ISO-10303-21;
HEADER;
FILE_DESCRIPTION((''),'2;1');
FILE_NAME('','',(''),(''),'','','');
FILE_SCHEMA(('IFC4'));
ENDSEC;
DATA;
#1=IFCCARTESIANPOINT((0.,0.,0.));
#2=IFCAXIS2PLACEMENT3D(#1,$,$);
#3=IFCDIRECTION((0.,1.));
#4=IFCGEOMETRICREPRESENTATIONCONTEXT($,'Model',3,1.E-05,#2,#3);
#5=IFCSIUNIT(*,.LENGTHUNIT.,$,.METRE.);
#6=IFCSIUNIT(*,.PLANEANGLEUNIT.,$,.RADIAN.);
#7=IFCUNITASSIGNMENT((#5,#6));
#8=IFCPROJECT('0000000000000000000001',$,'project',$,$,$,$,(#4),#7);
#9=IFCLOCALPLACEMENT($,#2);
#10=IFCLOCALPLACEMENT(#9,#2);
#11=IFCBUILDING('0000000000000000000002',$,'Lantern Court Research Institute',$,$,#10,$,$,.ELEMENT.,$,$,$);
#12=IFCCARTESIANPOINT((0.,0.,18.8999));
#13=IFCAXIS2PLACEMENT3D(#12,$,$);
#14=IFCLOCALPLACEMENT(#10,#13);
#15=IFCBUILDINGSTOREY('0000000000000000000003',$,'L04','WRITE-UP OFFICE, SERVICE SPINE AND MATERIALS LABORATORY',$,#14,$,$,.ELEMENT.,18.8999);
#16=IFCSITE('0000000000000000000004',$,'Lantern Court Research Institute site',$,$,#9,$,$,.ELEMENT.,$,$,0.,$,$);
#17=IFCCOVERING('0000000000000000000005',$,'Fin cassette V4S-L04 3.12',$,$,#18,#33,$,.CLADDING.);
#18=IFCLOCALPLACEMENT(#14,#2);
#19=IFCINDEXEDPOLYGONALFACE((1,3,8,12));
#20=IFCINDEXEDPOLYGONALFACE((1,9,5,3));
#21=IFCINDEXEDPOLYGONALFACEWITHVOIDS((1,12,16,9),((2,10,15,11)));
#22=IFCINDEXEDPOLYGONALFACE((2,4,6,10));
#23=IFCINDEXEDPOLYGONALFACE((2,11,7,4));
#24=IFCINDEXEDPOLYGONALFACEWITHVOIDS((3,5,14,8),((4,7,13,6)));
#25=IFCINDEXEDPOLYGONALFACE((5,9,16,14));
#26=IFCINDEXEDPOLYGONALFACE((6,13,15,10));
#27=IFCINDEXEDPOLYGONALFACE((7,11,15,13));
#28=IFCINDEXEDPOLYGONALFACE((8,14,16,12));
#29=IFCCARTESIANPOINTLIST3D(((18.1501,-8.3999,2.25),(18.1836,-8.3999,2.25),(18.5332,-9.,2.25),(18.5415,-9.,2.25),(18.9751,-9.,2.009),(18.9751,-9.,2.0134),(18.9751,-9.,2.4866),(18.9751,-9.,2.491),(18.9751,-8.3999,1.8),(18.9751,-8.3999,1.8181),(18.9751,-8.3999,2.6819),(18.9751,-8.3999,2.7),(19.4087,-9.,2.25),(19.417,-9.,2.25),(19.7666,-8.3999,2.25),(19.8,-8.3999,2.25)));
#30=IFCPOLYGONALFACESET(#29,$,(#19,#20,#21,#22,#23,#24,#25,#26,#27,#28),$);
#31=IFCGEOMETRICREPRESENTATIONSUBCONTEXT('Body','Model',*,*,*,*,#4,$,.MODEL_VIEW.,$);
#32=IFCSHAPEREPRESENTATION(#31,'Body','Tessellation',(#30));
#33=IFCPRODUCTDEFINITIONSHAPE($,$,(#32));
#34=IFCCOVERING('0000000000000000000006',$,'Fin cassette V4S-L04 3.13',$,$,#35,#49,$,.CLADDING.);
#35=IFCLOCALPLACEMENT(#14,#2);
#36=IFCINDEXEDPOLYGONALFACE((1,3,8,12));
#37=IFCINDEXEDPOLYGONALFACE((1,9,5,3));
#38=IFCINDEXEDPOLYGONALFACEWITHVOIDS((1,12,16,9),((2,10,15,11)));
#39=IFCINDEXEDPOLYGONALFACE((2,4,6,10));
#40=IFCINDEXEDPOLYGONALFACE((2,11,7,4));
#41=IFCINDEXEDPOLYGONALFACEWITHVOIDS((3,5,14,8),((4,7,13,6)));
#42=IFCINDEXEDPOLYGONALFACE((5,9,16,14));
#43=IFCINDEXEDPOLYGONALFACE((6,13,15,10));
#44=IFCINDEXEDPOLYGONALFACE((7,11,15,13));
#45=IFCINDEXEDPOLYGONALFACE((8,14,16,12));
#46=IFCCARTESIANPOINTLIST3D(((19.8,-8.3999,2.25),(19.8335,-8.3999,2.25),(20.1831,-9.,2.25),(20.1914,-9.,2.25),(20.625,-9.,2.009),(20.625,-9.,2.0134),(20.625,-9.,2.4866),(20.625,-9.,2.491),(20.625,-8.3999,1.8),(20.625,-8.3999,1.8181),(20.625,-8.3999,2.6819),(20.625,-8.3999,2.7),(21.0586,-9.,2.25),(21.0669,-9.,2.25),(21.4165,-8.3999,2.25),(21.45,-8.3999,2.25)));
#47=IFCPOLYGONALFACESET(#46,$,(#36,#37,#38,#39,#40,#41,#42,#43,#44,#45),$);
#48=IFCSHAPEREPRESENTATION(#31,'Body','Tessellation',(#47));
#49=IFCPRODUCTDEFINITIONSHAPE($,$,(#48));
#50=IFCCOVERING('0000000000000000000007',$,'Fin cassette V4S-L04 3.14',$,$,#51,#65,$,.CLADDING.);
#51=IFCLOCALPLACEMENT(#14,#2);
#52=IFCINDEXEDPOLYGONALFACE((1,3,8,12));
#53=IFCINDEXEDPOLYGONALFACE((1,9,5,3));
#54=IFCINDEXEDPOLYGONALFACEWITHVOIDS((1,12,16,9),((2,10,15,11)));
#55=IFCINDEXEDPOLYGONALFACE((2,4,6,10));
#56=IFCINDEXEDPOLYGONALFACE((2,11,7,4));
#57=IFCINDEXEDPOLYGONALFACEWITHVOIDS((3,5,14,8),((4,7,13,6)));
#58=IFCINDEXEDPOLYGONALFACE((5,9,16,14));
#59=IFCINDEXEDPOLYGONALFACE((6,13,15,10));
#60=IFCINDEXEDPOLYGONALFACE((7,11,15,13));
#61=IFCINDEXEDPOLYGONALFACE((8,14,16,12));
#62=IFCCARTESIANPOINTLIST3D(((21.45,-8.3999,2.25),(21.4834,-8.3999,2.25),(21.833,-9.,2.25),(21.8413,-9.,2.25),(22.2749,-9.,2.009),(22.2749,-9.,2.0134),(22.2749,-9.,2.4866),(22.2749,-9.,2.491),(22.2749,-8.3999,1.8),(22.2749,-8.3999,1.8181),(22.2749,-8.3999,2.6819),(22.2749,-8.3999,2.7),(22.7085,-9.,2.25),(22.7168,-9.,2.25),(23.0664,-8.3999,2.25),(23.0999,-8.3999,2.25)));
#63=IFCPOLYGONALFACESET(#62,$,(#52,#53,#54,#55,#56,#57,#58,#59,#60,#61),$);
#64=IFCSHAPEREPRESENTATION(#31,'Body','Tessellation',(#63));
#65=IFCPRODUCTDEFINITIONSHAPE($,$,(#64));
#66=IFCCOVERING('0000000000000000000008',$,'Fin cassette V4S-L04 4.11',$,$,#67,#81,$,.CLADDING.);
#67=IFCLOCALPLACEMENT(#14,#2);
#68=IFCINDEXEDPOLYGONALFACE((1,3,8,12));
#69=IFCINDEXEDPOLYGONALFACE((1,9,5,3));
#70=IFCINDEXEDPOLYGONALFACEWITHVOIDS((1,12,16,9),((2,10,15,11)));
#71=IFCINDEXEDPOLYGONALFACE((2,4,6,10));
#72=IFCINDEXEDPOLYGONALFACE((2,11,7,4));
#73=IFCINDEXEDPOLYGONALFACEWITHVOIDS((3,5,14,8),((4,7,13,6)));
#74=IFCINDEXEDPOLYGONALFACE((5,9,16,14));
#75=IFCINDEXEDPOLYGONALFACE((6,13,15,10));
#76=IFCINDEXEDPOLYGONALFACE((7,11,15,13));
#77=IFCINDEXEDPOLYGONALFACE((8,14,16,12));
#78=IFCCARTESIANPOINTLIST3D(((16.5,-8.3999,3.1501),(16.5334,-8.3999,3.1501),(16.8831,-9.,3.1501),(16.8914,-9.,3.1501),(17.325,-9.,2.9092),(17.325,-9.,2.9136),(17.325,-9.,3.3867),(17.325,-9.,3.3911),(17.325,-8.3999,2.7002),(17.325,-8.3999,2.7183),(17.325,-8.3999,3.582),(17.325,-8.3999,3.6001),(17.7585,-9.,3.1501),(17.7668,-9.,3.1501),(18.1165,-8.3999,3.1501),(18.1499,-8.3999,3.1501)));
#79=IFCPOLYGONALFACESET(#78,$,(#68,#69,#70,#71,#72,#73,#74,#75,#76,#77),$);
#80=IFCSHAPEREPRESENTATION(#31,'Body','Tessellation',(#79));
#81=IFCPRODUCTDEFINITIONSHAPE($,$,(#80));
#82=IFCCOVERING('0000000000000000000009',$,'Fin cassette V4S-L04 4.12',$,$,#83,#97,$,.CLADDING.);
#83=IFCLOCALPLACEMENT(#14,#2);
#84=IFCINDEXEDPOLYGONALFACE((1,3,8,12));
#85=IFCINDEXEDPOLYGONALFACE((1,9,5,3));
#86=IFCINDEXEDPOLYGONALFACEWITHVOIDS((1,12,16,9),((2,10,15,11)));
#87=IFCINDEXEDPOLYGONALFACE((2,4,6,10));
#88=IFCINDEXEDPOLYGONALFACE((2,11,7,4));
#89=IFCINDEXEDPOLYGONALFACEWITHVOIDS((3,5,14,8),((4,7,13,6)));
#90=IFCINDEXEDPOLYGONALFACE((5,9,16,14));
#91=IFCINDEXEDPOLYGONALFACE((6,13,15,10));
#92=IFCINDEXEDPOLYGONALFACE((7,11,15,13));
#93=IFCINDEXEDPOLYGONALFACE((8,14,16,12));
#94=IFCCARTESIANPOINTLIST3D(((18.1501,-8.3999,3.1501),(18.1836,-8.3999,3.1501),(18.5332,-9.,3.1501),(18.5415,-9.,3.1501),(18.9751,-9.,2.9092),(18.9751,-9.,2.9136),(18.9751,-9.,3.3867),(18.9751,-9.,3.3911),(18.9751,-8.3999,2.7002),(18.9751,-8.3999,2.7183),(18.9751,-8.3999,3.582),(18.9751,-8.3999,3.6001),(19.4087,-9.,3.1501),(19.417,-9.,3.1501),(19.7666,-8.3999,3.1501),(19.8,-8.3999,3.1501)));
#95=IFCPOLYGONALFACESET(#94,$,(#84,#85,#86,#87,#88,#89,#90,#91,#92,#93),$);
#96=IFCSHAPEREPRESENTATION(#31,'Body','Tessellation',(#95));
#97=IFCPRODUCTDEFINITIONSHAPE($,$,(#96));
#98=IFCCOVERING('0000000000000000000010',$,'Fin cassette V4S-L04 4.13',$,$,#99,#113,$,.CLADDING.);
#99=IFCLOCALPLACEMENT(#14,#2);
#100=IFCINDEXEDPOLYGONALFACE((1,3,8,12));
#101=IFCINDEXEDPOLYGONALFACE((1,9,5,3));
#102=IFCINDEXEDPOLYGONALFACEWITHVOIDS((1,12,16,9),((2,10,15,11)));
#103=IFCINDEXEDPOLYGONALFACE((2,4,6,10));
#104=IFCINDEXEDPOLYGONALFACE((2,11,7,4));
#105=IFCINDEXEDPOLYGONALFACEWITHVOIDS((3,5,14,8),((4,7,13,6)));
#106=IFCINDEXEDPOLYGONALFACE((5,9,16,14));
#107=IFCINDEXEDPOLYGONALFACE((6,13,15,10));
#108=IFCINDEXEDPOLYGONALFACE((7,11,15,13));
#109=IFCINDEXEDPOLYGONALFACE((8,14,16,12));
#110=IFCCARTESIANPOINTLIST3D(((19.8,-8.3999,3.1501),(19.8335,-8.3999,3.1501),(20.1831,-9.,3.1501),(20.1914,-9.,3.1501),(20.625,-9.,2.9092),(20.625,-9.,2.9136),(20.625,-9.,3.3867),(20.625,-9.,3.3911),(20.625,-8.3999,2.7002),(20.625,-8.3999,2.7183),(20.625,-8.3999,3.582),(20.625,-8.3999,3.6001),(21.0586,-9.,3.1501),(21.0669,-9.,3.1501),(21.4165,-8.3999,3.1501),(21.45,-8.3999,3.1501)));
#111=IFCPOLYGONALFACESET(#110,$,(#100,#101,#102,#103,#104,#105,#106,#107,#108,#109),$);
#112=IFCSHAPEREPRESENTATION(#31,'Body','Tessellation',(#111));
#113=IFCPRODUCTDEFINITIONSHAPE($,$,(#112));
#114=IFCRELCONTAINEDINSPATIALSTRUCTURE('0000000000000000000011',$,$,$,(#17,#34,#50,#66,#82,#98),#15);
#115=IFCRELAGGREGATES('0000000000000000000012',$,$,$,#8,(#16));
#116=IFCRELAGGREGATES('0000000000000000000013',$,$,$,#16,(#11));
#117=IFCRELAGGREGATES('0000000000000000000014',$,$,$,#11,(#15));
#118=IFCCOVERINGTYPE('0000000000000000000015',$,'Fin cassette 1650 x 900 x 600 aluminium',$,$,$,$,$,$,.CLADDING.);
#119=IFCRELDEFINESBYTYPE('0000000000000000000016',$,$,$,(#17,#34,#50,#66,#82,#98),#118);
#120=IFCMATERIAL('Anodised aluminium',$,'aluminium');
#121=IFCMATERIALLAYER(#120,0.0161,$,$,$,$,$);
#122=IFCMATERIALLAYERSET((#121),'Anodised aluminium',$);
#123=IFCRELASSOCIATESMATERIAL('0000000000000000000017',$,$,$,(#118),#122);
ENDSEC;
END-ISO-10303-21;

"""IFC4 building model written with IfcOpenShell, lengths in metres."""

from ifc_helpers import new_model, entity, si_unit, direction, frame, origin, place, context, subcontext, project, spatial, material, layer, layer_set, type_object, element, save


model = new_model("IFC4")

# Units and contexts
model_context = context("Model", 3, precision=1e-05, world=origin(), true_north=direction((0.0, 1.0)))
body_context = subcontext(model_context, "Body", "Model", "MODEL_VIEW")
ifc_project = project(units=[si_unit("LENGTHUNIT", "METRE"), si_unit("PLANEANGLEUNIT", "RADIAN")], contexts=[model_context])

# Site, building, storey
site_placement = place(None, origin())
site = spatial("IfcSite", under=ifc_project, at=site_placement, Name="Lantern Court Research Institute site", CompositionType="ELEMENT", RefElevation=0.0)
building_placement = place(site_placement, origin())
building = spatial("IfcBuilding", under=site, at=building_placement, Name="Lantern Court Research Institute", CompositionType="ELEMENT")
storey_placement = place(building_placement, frame((0.0, 0.0, 18.8999)))
storey = spatial("IfcBuildingStorey", under=building, at=storey_placement, Name="L04", Description="WRITE-UP OFFICE, SERVICE SPINE AND MATERIALS LABORATORY", CompositionType="ELEMENT", Elevation=18.8999)

# Coverings
ifc_material_1 = material(Name="Anodised aluminium", Category="aluminium")
ifc_layer_1 = layer(ifc_material_1, 0.0161)
ifc_layer_set_1 = layer_set([ifc_layer_1], Name="Anodised aluminium")
covering_type = type_object("IfcCoveringType", Name="Fin cassette 1650 x 900 x 600 aluminium", PredefinedType="CLADDING", material=ifc_layer_set_1)
covering_1_placement = place(storey_placement, frame((18.9751, -8.3999, 2.25), z_axis=(0.0, -1.0, 0.0), x_axis=(1.0, 0.0, 0.0)))
cartesian_point_1 = entity("IfcCartesianPoint", [0.825, 0.0])
cartesian_point_2 = entity("IfcCartesianPoint", [0.7915, 0.0])
cartesian_point_3 = entity("IfcCartesianPoint", [0.4419, 0.0])
cartesian_point_4 = entity("IfcCartesianPoint", [0.4336, 0.0])
element("IfcCovering", 1, at=covering_1_placement, inside=storey, type_object=covering_type, Name="Fin cassette V4S-L04 3.12", PredefinedType="CLADDING", context=body_context, shape_type="SweptSolid", body=[
    entity("IfcExtrudedAreaSolidTapered", entity("IfcArbitraryProfileDefWithVoids", "AREA", None, entity("IfcPolyline", [cartesian_point_1, entity("IfcCartesianPoint", [0.0, 0.45]), entity("IfcCartesianPoint", [-0.825, 0.0]), entity("IfcCartesianPoint", [0.0, -0.45]), cartesian_point_1]), [entity("IfcPolyline", [cartesian_point_2, entity("IfcCartesianPoint", [0.0, 0.4319]), entity("IfcCartesianPoint", [-0.7915, 0.0]), entity("IfcCartesianPoint", [0.0, -0.4319]), cartesian_point_2])]), entity("IfcAxis2Placement3D", entity("IfcCartesianPoint", [0.0, 0.0, 0.0])), entity("IfcDirection", [0.0, 0.0, 1.0]), 0.6001, entity("IfcArbitraryProfileDefWithVoids", "AREA", None, entity("IfcPolyline", [cartesian_point_3, entity("IfcCartesianPoint", [0.0, 0.241]), entity("IfcCartesianPoint", [-0.4419, 0.0]), entity("IfcCartesianPoint", [0.0, -0.241]), cartesian_point_3]), [entity("IfcPolyline", [cartesian_point_4, entity("IfcCartesianPoint", [0.0, 0.2366]), entity("IfcCartesianPoint", [-0.4336, 0.0]), entity("IfcCartesianPoint", [0.0, -0.2366]), cartesian_point_4])])),
])
covering_2_placement = place(storey_placement, frame((20.625, -8.3999, 2.25), z_axis=(0.0, -1.0, 0.0), x_axis=(1.0, 0.0, 0.0)))
cartesian_point_5 = entity("IfcCartesianPoint", [0.825, 0.0])
cartesian_point_6 = entity("IfcCartesianPoint", [0.7915, 0.0])
cartesian_point_7 = entity("IfcCartesianPoint", [0.4419, 0.0])
cartesian_point_8 = entity("IfcCartesianPoint", [0.4336, 0.0])
element("IfcCovering", 2, at=covering_2_placement, inside=storey, type_object=covering_type, Name="Fin cassette V4S-L04 3.13", PredefinedType="CLADDING", context=body_context, shape_type="SweptSolid", body=[
    entity("IfcExtrudedAreaSolidTapered", entity("IfcArbitraryProfileDefWithVoids", "AREA", None, entity("IfcPolyline", [cartesian_point_5, entity("IfcCartesianPoint", [0.0, 0.45]), entity("IfcCartesianPoint", [-0.825, 0.0]), entity("IfcCartesianPoint", [0.0, -0.45]), cartesian_point_5]), [entity("IfcPolyline", [cartesian_point_6, entity("IfcCartesianPoint", [0.0, 0.4319]), entity("IfcCartesianPoint", [-0.7915, 0.0]), entity("IfcCartesianPoint", [0.0, -0.4319]), cartesian_point_6])]), entity("IfcAxis2Placement3D", entity("IfcCartesianPoint", [0.0, 0.0, 0.0])), entity("IfcDirection", [0.0, 0.0, 1.0]), 0.6001, entity("IfcArbitraryProfileDefWithVoids", "AREA", None, entity("IfcPolyline", [cartesian_point_7, entity("IfcCartesianPoint", [0.0, 0.241]), entity("IfcCartesianPoint", [-0.4419, 0.0]), entity("IfcCartesianPoint", [0.0, -0.241]), cartesian_point_7]), [entity("IfcPolyline", [cartesian_point_8, entity("IfcCartesianPoint", [0.0, 0.2366]), entity("IfcCartesianPoint", [-0.4336, 0.0]), entity("IfcCartesianPoint", [0.0, -0.2366]), cartesian_point_8])])),
])
covering_3_placement = place(storey_placement, frame((22.2749, -8.3999, 2.25), z_axis=(0.0, -1.0, 0.0), x_axis=(1.0, 0.0, 0.0)))
cartesian_point_9 = entity("IfcCartesianPoint", [0.825, 0.0])
cartesian_point_10 = entity("IfcCartesianPoint", [0.7915, 0.0])
cartesian_point_11 = entity("IfcCartesianPoint", [0.4419, 0.0])
cartesian_point_12 = entity("IfcCartesianPoint", [0.4336, 0.0])
element("IfcCovering", 3, at=covering_3_placement, inside=storey, type_object=covering_type, Name="Fin cassette V4S-L04 3.14", PredefinedType="CLADDING", context=body_context, shape_type="SweptSolid", body=[
    entity("IfcExtrudedAreaSolidTapered", entity("IfcArbitraryProfileDefWithVoids", "AREA", None, entity("IfcPolyline", [cartesian_point_9, entity("IfcCartesianPoint", [0.0, 0.45]), entity("IfcCartesianPoint", [-0.825, 0.0]), entity("IfcCartesianPoint", [0.0, -0.45]), cartesian_point_9]), [entity("IfcPolyline", [cartesian_point_10, entity("IfcCartesianPoint", [0.0, 0.4319]), entity("IfcCartesianPoint", [-0.7915, 0.0]), entity("IfcCartesianPoint", [0.0, -0.4319]), cartesian_point_10])]), entity("IfcAxis2Placement3D", entity("IfcCartesianPoint", [0.0, 0.0, 0.0])), entity("IfcDirection", [0.0, 0.0, 1.0]), 0.6001, entity("IfcArbitraryProfileDefWithVoids", "AREA", None, entity("IfcPolyline", [cartesian_point_11, entity("IfcCartesianPoint", [0.0, 0.241]), entity("IfcCartesianPoint", [-0.4419, 0.0]), entity("IfcCartesianPoint", [0.0, -0.241]), cartesian_point_11]), [entity("IfcPolyline", [cartesian_point_12, entity("IfcCartesianPoint", [0.0, 0.2366]), entity("IfcCartesianPoint", [-0.4336, 0.0]), entity("IfcCartesianPoint", [0.0, -0.2366]), cartesian_point_12])])),
])
covering_4_placement = place(storey_placement, frame((17.325, -8.3999, 3.1501), z_axis=(0.0, -1.0, 0.0), x_axis=(1.0, 0.0, 0.0)))
cartesian_point_13 = entity("IfcCartesianPoint", [0.825, 0.0])
cartesian_point_14 = entity("IfcCartesianPoint", [0.7915, 0.0])
cartesian_point_15 = entity("IfcCartesianPoint", [0.4419, 0.0])
cartesian_point_16 = entity("IfcCartesianPoint", [0.4336, 0.0])
element("IfcCovering", 4, at=covering_4_placement, inside=storey, type_object=covering_type, Name="Fin cassette V4S-L04 4.11", PredefinedType="CLADDING", context=body_context, shape_type="SweptSolid", body=[
    entity("IfcExtrudedAreaSolidTapered", entity("IfcArbitraryProfileDefWithVoids", "AREA", None, entity("IfcPolyline", [cartesian_point_13, entity("IfcCartesianPoint", [0.0, 0.45]), entity("IfcCartesianPoint", [-0.825, 0.0]), entity("IfcCartesianPoint", [0.0, -0.45]), cartesian_point_13]), [entity("IfcPolyline", [cartesian_point_14, entity("IfcCartesianPoint", [0.0, 0.4319]), entity("IfcCartesianPoint", [-0.7915, 0.0]), entity("IfcCartesianPoint", [0.0, -0.4319]), cartesian_point_14])]), entity("IfcAxis2Placement3D", entity("IfcCartesianPoint", [0.0, 0.0, 0.0])), entity("IfcDirection", [0.0, 0.0, 1.0]), 0.6001, entity("IfcArbitraryProfileDefWithVoids", "AREA", None, entity("IfcPolyline", [cartesian_point_15, entity("IfcCartesianPoint", [0.0, 0.241]), entity("IfcCartesianPoint", [-0.4419, 0.0]), entity("IfcCartesianPoint", [0.0, -0.241]), cartesian_point_15]), [entity("IfcPolyline", [cartesian_point_16, entity("IfcCartesianPoint", [0.0, 0.2366]), entity("IfcCartesianPoint", [-0.4336, 0.0]), entity("IfcCartesianPoint", [0.0, -0.2366]), cartesian_point_16])])),
])
covering_5_placement = place(storey_placement, frame((18.9751, -8.3999, 3.1501), z_axis=(0.0, -1.0, 0.0), x_axis=(1.0, 0.0, 0.0)))
cartesian_point_17 = entity("IfcCartesianPoint", [0.825, 0.0])
cartesian_point_18 = entity("IfcCartesianPoint", [0.7915, 0.0])
cartesian_point_19 = entity("IfcCartesianPoint", [0.4419, 0.0])
cartesian_point_20 = entity("IfcCartesianPoint", [0.4336, 0.0])
element("IfcCovering", 5, at=covering_5_placement, inside=storey, type_object=covering_type, Name="Fin cassette V4S-L04 4.12", PredefinedType="CLADDING", context=body_context, shape_type="SweptSolid", body=[
    entity("IfcExtrudedAreaSolidTapered", entity("IfcArbitraryProfileDefWithVoids", "AREA", None, entity("IfcPolyline", [cartesian_point_17, entity("IfcCartesianPoint", [0.0, 0.45]), entity("IfcCartesianPoint", [-0.825, 0.0]), entity("IfcCartesianPoint", [0.0, -0.45]), cartesian_point_17]), [entity("IfcPolyline", [cartesian_point_18, entity("IfcCartesianPoint", [0.0, 0.4319]), entity("IfcCartesianPoint", [-0.7915, 0.0]), entity("IfcCartesianPoint", [0.0, -0.4319]), cartesian_point_18])]), entity("IfcAxis2Placement3D", entity("IfcCartesianPoint", [0.0, 0.0, 0.0])), entity("IfcDirection", [0.0, 0.0, 1.0]), 0.6001, entity("IfcArbitraryProfileDefWithVoids", "AREA", None, entity("IfcPolyline", [cartesian_point_19, entity("IfcCartesianPoint", [0.0, 0.241]), entity("IfcCartesianPoint", [-0.4419, 0.0]), entity("IfcCartesianPoint", [0.0, -0.241]), cartesian_point_19]), [entity("IfcPolyline", [cartesian_point_20, entity("IfcCartesianPoint", [0.0, 0.2366]), entity("IfcCartesianPoint", [-0.4336, 0.0]), entity("IfcCartesianPoint", [0.0, -0.2366]), cartesian_point_20])])),
])
covering_6_placement = place(storey_placement, frame((20.625, -8.3999, 3.1501), z_axis=(0.0, -1.0, 0.0), x_axis=(1.0, 0.0, 0.0)))
cartesian_point_21 = entity("IfcCartesianPoint", [0.825, 0.0])
cartesian_point_22 = entity("IfcCartesianPoint", [0.7915, 0.0])
cartesian_point_23 = entity("IfcCartesianPoint", [0.4419, 0.0])
cartesian_point_24 = entity("IfcCartesianPoint", [0.4336, 0.0])
element("IfcCovering", 6, at=covering_6_placement, inside=storey, type_object=covering_type, Name="Fin cassette V4S-L04 4.13", PredefinedType="CLADDING", context=body_context, shape_type="SweptSolid", body=[
    entity("IfcExtrudedAreaSolidTapered", entity("IfcArbitraryProfileDefWithVoids", "AREA", None, entity("IfcPolyline", [cartesian_point_21, entity("IfcCartesianPoint", [0.0, 0.45]), entity("IfcCartesianPoint", [-0.825, 0.0]), entity("IfcCartesianPoint", [0.0, -0.45]), cartesian_point_21]), [entity("IfcPolyline", [cartesian_point_22, entity("IfcCartesianPoint", [0.0, 0.4319]), entity("IfcCartesianPoint", [-0.7915, 0.0]), entity("IfcCartesianPoint", [0.0, -0.4319]), cartesian_point_22])]), entity("IfcAxis2Placement3D", entity("IfcCartesianPoint", [0.0, 0.0, 0.0])), entity("IfcDirection", [0.0, 0.0, 1.0]), 0.6001, entity("IfcArbitraryProfileDefWithVoids", "AREA", None, entity("IfcPolyline", [cartesian_point_23, entity("IfcCartesianPoint", [0.0, 0.241]), entity("IfcCartesianPoint", [-0.4419, 0.0]), entity("IfcCartesianPoint", [0.0, -0.241]), cartesian_point_23]), [entity("IfcPolyline", [cartesian_point_24, entity("IfcCartesianPoint", [0.0, 0.2366]), entity("IfcCartesianPoint", [-0.4336, 0.0]), entity("IfcCartesianPoint", [0.0, -0.2366]), cartesian_point_24])])),
])

save(model, "model.ifc")
